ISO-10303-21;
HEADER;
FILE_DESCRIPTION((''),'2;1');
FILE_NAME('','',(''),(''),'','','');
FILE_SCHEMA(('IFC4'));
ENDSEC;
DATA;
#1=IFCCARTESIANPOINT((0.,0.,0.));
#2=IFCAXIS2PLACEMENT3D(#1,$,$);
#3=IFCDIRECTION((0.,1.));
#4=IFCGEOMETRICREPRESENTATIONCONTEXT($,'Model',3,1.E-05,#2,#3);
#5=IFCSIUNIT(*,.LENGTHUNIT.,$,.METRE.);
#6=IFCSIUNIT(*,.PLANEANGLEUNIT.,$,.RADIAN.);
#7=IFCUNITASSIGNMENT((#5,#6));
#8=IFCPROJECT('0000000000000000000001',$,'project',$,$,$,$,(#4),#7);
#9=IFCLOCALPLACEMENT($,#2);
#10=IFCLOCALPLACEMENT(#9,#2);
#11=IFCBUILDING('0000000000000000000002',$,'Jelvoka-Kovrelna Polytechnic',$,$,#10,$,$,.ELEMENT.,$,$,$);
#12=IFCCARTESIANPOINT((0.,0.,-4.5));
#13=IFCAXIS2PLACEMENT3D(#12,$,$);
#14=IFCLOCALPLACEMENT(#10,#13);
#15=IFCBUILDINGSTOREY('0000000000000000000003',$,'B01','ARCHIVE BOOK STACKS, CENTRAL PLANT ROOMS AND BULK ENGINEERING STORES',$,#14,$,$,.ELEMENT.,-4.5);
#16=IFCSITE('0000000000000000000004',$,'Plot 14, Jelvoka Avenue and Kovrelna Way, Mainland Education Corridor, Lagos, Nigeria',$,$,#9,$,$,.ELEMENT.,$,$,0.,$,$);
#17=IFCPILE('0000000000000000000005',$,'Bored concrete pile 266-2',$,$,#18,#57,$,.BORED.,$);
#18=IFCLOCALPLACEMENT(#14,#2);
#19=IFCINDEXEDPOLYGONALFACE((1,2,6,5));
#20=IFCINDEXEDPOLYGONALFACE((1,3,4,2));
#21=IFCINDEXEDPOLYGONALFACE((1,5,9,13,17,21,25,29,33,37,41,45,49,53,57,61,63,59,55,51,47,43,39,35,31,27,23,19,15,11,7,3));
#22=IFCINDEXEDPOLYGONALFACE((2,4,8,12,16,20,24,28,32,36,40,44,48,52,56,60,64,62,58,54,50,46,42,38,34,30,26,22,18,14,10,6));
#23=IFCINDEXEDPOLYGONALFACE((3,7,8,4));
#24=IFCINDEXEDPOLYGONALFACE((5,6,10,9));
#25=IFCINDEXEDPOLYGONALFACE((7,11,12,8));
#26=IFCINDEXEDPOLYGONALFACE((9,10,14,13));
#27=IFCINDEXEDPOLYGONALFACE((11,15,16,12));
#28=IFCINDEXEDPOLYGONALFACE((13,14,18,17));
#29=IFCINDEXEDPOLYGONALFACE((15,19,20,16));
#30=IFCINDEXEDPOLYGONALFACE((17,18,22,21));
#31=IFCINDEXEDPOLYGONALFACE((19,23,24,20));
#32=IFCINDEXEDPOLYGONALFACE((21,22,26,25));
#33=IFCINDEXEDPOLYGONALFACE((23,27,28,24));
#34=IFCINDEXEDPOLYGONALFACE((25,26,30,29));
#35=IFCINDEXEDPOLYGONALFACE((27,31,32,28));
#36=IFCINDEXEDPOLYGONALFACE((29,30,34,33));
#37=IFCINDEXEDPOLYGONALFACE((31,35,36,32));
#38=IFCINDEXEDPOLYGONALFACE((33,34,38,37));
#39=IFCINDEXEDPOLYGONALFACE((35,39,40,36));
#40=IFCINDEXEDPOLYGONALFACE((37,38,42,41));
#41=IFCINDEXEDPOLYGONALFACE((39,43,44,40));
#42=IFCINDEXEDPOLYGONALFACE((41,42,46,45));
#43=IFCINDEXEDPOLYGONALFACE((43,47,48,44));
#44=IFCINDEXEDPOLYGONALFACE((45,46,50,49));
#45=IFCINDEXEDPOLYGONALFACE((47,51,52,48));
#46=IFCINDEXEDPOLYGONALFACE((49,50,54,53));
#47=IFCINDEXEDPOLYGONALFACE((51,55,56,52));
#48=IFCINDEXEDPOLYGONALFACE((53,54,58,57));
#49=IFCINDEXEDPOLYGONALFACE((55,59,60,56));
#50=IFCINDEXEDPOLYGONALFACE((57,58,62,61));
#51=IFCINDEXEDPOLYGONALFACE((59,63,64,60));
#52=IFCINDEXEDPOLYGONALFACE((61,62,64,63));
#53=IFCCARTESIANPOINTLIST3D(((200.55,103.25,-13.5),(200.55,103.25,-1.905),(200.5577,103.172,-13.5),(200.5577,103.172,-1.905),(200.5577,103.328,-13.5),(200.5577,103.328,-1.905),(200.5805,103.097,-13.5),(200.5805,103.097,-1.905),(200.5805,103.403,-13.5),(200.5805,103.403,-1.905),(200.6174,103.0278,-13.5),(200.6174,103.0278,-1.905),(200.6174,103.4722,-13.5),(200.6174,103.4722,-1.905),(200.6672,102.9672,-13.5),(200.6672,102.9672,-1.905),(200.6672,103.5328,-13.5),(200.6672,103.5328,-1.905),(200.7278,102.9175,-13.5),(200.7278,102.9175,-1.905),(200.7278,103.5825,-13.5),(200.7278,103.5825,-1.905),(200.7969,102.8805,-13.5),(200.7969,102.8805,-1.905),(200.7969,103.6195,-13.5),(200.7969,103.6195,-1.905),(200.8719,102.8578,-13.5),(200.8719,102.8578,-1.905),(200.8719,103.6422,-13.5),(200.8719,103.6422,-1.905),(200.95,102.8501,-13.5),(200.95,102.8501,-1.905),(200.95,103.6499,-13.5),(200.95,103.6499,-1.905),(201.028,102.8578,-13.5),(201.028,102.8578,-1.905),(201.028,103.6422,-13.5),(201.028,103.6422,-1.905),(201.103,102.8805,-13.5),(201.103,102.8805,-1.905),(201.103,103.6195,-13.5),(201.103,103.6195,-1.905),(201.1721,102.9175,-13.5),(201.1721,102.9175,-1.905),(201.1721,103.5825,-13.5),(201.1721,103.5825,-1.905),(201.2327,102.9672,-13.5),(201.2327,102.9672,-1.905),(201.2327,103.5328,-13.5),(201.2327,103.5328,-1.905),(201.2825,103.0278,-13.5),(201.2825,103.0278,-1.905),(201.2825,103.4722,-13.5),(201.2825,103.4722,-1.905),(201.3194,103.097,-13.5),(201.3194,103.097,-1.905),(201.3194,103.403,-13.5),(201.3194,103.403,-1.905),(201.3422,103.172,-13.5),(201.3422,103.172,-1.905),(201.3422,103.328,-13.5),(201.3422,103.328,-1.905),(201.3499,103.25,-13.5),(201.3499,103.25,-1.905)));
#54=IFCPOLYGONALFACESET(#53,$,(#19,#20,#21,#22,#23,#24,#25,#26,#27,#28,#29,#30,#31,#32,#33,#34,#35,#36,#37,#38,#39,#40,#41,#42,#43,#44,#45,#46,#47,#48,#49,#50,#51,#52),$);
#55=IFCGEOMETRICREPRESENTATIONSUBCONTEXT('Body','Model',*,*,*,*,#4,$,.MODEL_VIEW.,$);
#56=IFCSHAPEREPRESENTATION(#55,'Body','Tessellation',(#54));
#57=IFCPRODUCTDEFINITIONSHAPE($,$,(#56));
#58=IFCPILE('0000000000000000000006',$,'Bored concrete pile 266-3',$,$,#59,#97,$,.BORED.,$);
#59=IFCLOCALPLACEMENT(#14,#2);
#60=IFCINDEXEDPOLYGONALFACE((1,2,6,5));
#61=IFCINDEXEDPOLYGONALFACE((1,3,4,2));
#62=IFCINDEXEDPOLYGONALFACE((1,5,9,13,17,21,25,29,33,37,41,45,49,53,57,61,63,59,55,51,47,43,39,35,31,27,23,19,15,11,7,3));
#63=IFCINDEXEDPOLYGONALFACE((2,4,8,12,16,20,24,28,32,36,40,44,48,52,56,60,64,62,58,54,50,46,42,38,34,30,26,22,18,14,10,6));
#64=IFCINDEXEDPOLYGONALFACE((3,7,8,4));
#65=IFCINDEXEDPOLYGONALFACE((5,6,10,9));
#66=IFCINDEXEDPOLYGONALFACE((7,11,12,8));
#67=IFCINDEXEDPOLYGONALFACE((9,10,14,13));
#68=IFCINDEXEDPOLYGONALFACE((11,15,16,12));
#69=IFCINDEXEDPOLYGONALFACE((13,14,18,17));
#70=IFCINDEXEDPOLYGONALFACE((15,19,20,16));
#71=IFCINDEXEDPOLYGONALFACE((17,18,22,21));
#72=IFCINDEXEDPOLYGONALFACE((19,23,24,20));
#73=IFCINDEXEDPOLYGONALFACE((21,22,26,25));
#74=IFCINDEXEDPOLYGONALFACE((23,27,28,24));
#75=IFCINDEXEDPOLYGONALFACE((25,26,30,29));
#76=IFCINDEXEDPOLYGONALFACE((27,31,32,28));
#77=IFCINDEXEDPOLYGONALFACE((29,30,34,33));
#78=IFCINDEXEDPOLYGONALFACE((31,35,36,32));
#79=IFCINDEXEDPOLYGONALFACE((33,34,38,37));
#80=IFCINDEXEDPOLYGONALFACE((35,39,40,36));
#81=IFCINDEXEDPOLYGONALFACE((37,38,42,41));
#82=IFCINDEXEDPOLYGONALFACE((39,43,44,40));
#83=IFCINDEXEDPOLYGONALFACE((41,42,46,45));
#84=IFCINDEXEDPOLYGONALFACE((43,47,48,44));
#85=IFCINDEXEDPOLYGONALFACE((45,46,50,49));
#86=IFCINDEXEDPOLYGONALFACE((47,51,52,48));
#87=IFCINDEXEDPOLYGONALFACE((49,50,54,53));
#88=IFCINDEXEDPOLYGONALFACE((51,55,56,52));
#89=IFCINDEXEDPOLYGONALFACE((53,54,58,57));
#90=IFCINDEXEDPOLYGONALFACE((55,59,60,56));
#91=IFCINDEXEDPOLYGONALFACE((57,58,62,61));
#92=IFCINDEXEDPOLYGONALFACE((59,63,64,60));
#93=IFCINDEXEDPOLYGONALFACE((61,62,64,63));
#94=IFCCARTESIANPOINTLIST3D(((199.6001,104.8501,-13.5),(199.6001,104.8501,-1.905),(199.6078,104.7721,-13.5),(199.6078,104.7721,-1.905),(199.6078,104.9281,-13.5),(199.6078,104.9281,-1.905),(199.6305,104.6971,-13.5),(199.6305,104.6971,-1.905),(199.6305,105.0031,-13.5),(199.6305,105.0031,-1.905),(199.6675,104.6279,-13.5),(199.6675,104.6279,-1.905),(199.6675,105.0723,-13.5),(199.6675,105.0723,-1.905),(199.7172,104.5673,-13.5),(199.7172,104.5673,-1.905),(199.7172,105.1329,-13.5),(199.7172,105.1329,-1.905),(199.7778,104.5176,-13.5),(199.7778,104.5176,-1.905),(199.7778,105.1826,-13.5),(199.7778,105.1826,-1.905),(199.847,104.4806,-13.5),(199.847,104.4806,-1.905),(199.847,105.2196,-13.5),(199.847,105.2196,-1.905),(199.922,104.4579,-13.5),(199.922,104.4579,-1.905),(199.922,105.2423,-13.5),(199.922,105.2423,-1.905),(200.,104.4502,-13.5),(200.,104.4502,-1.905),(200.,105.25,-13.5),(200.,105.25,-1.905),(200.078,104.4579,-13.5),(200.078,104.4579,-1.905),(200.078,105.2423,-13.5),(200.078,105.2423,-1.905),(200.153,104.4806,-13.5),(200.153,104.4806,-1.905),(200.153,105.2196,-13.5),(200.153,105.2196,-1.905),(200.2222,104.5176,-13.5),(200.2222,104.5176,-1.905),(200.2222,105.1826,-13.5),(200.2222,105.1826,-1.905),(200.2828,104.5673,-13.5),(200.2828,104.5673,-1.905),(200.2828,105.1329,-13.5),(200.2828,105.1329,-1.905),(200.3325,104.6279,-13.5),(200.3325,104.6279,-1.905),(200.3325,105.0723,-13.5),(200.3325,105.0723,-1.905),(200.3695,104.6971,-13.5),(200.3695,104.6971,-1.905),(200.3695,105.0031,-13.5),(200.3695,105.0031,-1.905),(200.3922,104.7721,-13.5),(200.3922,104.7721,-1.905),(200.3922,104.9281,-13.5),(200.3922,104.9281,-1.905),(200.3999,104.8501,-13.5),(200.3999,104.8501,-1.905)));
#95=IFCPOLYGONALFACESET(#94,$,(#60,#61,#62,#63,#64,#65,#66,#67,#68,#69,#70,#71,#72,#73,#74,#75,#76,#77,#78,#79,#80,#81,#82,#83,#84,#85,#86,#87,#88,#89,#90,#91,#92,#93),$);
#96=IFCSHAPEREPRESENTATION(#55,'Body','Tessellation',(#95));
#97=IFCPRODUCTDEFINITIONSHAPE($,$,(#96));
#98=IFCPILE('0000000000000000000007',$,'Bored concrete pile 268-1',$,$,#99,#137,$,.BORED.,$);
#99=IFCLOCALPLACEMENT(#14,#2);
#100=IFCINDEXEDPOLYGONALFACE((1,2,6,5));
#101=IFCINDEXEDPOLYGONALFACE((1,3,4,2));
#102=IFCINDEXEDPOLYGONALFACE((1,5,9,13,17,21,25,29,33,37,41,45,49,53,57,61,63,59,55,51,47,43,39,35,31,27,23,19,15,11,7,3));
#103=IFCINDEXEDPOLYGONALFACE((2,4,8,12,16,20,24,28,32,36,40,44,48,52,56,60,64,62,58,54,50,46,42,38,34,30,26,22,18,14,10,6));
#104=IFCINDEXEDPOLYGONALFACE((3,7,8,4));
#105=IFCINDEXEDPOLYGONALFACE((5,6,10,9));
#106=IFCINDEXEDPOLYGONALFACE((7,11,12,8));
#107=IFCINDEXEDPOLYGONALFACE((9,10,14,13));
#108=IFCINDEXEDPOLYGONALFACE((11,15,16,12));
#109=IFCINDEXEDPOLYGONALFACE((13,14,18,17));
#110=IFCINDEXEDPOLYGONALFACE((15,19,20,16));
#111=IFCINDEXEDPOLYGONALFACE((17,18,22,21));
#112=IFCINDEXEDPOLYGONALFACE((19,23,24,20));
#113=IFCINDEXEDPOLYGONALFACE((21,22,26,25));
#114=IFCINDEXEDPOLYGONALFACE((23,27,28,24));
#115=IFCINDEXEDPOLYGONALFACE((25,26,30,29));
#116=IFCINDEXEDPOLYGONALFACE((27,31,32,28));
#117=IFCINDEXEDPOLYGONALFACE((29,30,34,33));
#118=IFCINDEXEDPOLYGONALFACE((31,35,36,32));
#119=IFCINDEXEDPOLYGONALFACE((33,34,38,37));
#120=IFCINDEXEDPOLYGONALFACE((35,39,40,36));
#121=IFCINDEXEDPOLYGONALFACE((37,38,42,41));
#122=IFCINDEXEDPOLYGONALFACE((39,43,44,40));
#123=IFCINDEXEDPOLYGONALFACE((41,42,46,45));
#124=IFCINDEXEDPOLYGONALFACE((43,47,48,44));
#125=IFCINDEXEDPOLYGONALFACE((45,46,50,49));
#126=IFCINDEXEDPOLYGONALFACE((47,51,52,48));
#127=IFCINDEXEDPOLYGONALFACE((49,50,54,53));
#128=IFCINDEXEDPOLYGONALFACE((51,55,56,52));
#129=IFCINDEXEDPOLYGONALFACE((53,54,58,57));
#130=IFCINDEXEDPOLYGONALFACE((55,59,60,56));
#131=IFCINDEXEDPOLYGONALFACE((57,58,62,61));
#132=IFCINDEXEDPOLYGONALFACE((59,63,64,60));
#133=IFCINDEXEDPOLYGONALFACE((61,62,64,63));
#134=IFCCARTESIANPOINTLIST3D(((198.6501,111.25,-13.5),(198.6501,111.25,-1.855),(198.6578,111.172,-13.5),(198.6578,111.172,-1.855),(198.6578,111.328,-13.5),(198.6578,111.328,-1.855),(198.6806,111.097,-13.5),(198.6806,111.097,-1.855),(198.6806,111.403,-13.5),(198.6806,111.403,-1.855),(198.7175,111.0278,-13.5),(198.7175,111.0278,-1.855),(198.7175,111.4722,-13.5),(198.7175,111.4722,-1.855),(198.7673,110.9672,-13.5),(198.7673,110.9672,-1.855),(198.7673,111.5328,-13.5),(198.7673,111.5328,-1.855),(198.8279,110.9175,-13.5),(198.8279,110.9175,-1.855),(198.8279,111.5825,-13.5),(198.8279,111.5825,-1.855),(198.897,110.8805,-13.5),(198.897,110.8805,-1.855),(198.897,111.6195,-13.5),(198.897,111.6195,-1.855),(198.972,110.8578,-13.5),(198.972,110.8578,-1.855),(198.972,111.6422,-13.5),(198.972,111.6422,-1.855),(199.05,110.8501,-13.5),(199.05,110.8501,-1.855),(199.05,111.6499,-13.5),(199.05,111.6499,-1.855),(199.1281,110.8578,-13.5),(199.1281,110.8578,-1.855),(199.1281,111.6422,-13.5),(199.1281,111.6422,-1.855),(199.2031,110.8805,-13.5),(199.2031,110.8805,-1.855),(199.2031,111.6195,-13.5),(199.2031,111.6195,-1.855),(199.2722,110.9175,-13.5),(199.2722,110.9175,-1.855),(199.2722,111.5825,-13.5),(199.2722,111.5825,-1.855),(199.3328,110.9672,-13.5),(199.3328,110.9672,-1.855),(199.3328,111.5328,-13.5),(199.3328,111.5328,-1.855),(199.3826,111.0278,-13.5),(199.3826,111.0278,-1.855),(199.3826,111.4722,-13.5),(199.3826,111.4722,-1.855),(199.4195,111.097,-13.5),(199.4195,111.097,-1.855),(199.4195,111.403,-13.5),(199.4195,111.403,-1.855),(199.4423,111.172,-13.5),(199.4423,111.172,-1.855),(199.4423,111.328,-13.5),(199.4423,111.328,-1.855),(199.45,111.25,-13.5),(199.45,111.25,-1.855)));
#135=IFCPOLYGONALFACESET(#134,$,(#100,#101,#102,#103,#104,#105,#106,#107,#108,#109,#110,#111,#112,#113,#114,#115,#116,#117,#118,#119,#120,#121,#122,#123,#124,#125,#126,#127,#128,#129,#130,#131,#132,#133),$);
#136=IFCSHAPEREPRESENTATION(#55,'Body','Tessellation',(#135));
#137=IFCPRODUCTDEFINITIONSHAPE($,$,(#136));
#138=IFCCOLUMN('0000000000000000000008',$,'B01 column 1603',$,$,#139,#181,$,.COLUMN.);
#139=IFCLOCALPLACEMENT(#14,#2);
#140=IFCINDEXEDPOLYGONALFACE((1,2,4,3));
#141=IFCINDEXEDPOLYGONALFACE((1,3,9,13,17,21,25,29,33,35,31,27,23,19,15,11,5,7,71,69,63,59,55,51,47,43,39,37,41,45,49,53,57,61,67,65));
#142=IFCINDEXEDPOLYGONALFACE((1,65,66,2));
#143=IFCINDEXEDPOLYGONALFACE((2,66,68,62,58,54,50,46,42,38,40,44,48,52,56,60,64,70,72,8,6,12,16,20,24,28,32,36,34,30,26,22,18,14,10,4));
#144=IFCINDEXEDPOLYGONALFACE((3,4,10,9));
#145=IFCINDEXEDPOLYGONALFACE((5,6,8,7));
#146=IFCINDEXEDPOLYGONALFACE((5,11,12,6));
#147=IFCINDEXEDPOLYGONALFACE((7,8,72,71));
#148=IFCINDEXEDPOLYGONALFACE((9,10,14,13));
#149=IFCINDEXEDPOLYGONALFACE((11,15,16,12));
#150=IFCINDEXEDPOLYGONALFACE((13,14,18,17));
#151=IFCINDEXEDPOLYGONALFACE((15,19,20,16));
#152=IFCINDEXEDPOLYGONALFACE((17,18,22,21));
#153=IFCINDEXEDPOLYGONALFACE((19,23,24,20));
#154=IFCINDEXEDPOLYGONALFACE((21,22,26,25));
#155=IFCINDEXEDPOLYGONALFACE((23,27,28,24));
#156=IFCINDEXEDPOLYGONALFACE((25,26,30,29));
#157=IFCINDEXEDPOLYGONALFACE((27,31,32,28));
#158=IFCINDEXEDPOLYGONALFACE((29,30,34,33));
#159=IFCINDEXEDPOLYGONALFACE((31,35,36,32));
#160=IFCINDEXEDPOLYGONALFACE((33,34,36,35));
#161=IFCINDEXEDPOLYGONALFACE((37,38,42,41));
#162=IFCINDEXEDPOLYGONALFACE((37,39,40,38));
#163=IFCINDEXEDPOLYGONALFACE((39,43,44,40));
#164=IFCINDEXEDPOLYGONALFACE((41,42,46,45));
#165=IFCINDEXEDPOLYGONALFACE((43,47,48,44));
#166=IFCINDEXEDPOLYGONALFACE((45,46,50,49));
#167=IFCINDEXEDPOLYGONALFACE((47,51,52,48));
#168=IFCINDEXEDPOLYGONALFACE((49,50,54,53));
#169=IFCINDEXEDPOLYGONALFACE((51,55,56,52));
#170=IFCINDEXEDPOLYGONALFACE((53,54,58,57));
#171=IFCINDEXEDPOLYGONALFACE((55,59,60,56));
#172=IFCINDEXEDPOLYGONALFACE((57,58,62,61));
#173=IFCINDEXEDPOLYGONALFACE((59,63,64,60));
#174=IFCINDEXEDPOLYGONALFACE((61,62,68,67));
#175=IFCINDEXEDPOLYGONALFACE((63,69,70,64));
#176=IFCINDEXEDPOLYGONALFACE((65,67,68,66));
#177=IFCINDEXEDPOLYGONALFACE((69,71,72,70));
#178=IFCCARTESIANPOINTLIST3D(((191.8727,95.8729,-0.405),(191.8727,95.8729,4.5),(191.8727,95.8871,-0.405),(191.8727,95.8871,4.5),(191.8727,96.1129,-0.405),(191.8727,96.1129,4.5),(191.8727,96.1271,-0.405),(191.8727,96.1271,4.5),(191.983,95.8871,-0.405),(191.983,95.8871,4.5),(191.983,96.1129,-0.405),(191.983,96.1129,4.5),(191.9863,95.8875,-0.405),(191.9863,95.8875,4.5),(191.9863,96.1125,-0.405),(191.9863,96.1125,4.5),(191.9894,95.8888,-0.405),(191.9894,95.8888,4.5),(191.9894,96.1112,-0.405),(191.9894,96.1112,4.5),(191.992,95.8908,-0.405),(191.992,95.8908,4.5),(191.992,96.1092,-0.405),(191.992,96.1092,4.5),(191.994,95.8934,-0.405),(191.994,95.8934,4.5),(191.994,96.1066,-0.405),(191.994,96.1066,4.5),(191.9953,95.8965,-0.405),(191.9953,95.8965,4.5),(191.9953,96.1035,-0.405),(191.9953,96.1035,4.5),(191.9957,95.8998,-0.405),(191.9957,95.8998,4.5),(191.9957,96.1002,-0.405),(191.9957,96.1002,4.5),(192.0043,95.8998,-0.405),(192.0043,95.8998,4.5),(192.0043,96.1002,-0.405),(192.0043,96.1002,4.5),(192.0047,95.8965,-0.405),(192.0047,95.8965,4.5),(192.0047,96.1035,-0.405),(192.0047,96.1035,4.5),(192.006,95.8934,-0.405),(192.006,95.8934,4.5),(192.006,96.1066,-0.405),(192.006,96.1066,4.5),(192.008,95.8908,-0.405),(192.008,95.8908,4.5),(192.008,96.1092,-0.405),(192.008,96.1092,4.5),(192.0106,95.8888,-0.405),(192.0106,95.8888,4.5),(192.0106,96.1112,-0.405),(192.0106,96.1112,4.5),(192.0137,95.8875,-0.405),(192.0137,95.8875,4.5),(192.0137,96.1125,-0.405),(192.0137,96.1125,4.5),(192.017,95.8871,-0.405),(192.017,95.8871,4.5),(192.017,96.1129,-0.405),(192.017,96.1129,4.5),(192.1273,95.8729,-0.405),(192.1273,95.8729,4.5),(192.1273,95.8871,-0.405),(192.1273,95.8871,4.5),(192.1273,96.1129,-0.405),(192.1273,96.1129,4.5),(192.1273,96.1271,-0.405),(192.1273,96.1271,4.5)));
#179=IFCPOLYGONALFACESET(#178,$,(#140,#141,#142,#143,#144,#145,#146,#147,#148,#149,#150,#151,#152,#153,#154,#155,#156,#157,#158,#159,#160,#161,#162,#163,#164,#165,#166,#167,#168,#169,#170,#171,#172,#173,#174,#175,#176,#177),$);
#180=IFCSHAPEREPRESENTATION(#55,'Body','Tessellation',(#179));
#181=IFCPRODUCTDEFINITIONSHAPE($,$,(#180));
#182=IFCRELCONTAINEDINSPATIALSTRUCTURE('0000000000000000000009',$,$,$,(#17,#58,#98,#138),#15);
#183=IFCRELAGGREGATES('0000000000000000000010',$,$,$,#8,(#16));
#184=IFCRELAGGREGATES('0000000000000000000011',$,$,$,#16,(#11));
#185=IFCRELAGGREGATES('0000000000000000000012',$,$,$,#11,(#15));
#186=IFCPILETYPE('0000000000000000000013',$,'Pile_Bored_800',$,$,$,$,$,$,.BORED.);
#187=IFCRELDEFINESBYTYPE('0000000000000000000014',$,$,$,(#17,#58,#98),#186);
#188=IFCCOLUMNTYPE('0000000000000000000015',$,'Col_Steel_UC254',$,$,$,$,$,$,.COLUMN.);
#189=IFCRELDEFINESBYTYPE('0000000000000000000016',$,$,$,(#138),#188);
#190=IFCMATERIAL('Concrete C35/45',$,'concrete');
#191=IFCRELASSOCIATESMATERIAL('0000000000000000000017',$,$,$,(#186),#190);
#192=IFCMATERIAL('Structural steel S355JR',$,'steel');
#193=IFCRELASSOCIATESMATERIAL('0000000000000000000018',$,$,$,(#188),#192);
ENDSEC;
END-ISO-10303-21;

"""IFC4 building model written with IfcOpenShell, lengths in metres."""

from ifc_helpers import new_model, si_unit, direction, frame, origin, origin_2d, place, context, subcontext, project, spatial, circle, i_section, extrude, material, material_profile, profile_set, type_object, element, save


model = new_model("IFC4")

# Units and contexts
model_context = context("Model", 3, precision=1e-05, world=origin(), true_north=direction((0.0, 1.0)))
body_context = subcontext(model_context, "Body", "Model", "MODEL_VIEW")
ifc_project = project(units=[si_unit("LENGTHUNIT", "METRE"), si_unit("PLANEANGLEUNIT", "RADIAN")], contexts=[model_context])

# Site, building, storey
site_placement = place(None, origin())
site = spatial("IfcSite", under=ifc_project, at=site_placement, Name="Plot 14, Jelvoka Avenue and Kovrelna Way, Mainland Education Corridor, Lagos, Nigeria", CompositionType="ELEMENT", RefElevation=0.0)
building_placement = place(site_placement, origin())
building = spatial("IfcBuilding", under=site, at=building_placement, Name="Jelvoka-Kovrelna Polytechnic", CompositionType="ELEMENT")
storey_placement = place(building_placement, frame((0.0, 0.0, -4.5)))
storey = spatial("IfcBuildingStorey", under=building, at=storey_placement, Name="B01", Description="ARCHIVE BOOK STACKS, CENTRAL PLANT ROOMS AND BULK ENGINEERING STORES", CompositionType="ELEMENT", Elevation=-4.5)

# Piles
ifc_material_1 = material(Name="Concrete C35/45", Category="concrete")
ifc_material_profile_1 = material_profile(ifc_material_1, circle(Radius=0.3999, at=origin_2d()), Name="PILE D800")
ifc_profile_set_1 = profile_set([ifc_material_profile_1], Name="Concrete C35/45")
pile_type_1 = type_object("IfcPileType", Name="Pile_Bored_800", PredefinedType="BORED", material=ifc_profile_set_1)
for number, where, z_axis, x_axis, name in (
    (1, (200.95, 103.25, -1.905), (0.0, 0.0, -1.0), (1.0, 0.0, 0.0), "Bored concrete pile 266-2"),
    (2, (200.0, 104.8501, -1.905), (0.0, 0.0, -1.0), (1.0, 0.0, 0.0), "Bored concrete pile 266-3"),
):
    element("IfcPile", number, at=place(storey_placement, frame(where, z_axis=z_axis, x_axis=x_axis)), inside=storey, type_object=pile_type_1, Name=name, PredefinedType="BORED", context=body_context, shape_type="SweptSolid", body=[
        extrude(circle(Radius=0.3999, at=origin_2d()), origin(), (0.0, 0.0, 1.0), 11.595),
    ])
pile_placement = place(storey_placement, frame((199.05, 111.25, -1.855), z_axis=(0.0, 0.0, -1.0), x_axis=(1.0, 0.0, 0.0)))
element("IfcPile", 3, at=pile_placement, inside=storey, type_object=pile_type_1, Name="Bored concrete pile 268-1", PredefinedType="BORED", context=body_context, shape_type="SweptSolid", body=[
    extrude(circle(Radius=0.3999, at=origin_2d()), origin(), (0.0, 0.0, 1.0), 11.645),
])

# Column
ifc_material_2 = material(Name="Structural steel S355JR", Category="steel")
ifc_material_profile_2 = material_profile(ifc_material_2, i_section(OverallWidth=0.2546, OverallDepth=0.2542, WebThickness=0.0085, FlangeThickness=0.0142, FilletRadius=0.0127, at=origin_2d()), Name="254x254x73 UC")
ifc_profile_set_2 = profile_set([ifc_material_profile_2], Name="Structural steel S355JR")
column_type_1 = type_object("IfcColumnType", Name="Col_Steel_UC254", PredefinedType="COLUMN", material=ifc_profile_set_2)
column_placement = place(storey_placement, frame((192.0, 96.0, -0.405), z_axis=(0.0, 0.0, 1.0), x_axis=(1.0, 0.0, 0.0)))
element("IfcColumn", 4, at=column_placement, inside=storey, type_object=column_type_1, Name="B01 column 1603", PredefinedType="COLUMN", context=body_context, shape_type="SweptSolid", body=[
    extrude(i_section(OverallWidth=0.2546, OverallDepth=0.2542, WebThickness=0.0085, FlangeThickness=0.0142, FilletRadius=0.0127, at=origin_2d()), origin(), (0.0, 0.0, 1.0), 4.905),
])

save(model, "model.ifc")
